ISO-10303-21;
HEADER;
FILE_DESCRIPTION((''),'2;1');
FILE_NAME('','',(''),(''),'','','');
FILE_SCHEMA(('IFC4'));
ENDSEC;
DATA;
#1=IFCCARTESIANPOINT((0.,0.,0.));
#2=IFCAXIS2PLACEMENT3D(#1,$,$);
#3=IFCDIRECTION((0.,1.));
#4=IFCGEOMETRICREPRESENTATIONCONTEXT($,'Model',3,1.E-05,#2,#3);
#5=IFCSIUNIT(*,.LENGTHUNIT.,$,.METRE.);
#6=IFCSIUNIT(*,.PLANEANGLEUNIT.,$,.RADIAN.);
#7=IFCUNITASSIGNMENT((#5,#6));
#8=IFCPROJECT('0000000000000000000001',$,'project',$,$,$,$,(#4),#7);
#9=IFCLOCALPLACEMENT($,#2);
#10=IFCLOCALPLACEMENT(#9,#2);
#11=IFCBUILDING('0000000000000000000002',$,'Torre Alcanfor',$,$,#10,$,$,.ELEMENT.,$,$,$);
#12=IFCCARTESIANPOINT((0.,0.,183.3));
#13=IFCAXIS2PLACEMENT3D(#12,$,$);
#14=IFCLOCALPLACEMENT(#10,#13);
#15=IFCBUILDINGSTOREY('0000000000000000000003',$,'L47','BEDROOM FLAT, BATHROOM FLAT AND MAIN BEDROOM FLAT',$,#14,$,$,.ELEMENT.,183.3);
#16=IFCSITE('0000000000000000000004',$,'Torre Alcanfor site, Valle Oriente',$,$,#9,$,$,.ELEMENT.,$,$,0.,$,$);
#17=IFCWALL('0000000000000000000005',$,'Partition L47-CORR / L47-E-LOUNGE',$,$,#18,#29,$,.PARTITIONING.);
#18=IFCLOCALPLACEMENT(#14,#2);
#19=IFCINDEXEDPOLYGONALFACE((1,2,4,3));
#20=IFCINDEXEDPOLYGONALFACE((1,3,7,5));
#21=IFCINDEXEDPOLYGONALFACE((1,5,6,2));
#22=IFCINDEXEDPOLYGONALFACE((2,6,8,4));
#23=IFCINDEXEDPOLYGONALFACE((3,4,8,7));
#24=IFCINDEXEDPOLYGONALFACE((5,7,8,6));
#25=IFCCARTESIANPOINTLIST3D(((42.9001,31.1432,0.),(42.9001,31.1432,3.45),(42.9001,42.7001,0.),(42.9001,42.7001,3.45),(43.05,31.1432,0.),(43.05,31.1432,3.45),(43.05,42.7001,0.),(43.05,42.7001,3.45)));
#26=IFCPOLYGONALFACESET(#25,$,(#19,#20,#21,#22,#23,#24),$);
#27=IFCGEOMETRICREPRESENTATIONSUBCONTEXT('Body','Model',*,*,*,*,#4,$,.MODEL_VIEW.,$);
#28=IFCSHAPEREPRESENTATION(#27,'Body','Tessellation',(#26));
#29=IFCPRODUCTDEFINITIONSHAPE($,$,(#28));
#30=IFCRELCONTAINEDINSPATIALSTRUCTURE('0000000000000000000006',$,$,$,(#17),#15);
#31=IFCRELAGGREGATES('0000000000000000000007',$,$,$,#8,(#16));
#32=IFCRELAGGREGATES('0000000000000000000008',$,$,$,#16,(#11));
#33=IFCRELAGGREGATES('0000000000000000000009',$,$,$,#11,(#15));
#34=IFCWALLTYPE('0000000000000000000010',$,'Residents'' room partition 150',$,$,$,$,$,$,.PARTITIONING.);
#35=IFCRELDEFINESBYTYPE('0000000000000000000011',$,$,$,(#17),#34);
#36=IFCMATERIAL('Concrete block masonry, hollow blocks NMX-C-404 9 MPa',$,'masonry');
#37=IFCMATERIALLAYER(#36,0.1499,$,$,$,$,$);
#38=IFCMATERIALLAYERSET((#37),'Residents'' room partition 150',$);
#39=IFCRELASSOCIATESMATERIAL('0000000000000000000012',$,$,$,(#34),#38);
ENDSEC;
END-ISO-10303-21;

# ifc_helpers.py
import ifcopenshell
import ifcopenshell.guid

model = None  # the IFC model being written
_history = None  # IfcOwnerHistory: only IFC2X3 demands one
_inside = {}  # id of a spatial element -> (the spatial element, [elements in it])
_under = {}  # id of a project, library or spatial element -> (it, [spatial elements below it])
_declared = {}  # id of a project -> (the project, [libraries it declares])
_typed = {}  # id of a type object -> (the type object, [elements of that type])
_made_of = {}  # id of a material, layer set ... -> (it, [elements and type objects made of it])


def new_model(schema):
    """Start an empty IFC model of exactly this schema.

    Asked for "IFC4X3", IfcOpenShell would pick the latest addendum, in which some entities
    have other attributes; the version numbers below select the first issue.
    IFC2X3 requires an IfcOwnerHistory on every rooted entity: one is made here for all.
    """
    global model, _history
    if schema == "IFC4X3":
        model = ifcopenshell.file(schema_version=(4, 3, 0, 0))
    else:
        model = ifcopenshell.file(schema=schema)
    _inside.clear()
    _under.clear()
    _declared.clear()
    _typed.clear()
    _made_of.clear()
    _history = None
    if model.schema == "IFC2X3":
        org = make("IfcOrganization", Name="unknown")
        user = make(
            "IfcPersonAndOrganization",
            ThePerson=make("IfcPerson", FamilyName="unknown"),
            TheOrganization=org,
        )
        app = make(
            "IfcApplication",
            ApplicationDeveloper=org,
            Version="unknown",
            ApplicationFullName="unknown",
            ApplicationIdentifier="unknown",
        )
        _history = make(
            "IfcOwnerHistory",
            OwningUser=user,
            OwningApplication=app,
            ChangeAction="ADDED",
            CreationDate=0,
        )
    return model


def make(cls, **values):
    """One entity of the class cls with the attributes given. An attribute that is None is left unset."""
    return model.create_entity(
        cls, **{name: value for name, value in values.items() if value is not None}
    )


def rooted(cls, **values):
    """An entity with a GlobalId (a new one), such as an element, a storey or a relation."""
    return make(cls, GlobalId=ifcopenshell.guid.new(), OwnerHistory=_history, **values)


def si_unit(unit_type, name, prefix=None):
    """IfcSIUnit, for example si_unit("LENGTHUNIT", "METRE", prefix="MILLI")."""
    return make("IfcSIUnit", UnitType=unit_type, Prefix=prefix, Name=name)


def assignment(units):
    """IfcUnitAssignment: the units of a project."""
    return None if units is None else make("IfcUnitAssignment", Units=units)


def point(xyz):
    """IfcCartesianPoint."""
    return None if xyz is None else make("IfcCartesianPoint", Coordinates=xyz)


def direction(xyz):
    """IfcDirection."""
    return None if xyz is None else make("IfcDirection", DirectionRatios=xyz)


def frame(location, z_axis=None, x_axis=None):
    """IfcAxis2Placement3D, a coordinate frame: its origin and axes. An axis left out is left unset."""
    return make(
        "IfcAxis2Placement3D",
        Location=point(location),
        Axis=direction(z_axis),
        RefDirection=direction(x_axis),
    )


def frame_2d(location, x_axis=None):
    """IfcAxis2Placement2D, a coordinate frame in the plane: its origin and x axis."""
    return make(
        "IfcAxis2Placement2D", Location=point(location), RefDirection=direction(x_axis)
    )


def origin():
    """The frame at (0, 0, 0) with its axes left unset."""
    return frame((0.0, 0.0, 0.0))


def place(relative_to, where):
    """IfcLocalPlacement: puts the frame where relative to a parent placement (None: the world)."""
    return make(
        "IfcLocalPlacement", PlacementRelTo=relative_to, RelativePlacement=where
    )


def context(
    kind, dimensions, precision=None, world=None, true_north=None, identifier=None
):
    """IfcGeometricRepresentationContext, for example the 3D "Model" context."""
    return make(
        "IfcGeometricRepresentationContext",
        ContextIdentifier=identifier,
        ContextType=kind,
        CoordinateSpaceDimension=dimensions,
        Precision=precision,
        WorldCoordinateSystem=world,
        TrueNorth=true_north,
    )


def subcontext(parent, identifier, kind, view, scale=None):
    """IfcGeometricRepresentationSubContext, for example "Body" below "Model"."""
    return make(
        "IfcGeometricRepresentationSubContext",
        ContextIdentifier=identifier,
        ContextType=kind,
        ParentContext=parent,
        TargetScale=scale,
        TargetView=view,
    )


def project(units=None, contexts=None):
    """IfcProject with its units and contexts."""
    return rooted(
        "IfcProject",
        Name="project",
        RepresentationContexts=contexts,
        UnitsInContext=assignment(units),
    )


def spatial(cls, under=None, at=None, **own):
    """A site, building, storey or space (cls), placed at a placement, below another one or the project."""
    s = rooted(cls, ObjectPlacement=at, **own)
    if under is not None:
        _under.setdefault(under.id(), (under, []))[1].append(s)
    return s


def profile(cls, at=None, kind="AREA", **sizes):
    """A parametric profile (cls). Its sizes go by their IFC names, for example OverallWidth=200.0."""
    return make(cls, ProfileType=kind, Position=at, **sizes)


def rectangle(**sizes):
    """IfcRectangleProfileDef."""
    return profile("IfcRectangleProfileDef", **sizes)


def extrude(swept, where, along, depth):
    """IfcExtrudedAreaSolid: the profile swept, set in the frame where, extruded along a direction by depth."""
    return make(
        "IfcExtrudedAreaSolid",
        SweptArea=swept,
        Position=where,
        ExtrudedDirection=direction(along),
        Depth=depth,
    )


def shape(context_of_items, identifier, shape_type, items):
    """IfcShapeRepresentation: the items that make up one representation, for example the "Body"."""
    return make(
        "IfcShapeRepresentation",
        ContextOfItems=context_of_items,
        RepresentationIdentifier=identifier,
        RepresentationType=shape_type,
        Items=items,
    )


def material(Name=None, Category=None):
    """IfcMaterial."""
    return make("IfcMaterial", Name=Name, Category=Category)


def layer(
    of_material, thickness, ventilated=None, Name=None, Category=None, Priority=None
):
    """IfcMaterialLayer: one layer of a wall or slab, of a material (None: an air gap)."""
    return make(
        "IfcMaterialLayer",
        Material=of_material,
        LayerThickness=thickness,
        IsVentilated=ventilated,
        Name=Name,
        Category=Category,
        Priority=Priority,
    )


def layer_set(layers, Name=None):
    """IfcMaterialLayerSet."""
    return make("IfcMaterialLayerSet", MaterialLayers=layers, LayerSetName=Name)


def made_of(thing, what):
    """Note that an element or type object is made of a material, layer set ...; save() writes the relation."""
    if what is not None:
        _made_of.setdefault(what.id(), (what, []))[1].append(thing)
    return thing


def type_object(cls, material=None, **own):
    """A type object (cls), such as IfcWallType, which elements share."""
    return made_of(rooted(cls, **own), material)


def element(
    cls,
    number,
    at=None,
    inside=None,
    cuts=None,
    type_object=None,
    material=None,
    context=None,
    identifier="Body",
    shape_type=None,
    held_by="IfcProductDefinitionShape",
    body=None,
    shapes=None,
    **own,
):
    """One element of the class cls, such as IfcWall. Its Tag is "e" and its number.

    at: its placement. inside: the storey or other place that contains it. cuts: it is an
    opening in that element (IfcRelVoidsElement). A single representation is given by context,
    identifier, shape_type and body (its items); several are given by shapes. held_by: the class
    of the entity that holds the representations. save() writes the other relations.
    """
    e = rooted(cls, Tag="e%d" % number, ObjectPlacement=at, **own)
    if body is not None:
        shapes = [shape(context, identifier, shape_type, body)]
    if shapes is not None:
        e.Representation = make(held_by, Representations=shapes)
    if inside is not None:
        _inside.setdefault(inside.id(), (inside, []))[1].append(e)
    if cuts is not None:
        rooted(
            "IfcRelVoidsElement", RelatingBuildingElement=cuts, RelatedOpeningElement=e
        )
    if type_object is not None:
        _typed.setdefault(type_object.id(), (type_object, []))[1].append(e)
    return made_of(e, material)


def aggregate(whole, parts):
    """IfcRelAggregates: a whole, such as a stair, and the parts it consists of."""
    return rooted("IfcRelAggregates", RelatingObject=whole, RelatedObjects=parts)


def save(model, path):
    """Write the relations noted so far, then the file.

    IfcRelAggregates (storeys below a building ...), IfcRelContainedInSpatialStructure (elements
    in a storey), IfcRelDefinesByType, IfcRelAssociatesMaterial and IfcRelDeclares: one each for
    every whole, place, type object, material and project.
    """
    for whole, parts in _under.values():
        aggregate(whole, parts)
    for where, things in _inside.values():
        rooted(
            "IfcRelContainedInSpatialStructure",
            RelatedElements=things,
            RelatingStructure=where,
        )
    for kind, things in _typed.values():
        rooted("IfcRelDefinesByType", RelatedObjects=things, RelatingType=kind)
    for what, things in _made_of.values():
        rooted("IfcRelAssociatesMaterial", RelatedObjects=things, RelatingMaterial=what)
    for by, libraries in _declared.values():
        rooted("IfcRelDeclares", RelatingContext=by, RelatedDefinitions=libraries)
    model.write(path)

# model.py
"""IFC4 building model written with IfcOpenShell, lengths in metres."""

from ifc_helpers import new_model, si_unit, direction, frame, frame_2d, origin, place, context, subcontext, project, spatial, rectangle, extrude, material, layer, layer_set, type_object, element, save


model = new_model("IFC4")

# Units and contexts
model_context = context("Model", 3, precision=1e-05, world=origin(), true_north=direction((0.0, 1.0)))
body_context = subcontext(model_context, "Body", "Model", "MODEL_VIEW")
ifc_project = project(units=[si_unit("LENGTHUNIT", "METRE"), si_unit("PLANEANGLEUNIT", "RADIAN")], contexts=[model_context])

# Site, building, storey
site_placement = place(None, origin())
site = spatial("IfcSite", under=ifc_project, at=site_placement, Name="Torre Alcanfor site, Valle Oriente", CompositionType="ELEMENT", RefElevation=0.0)
building_placement = place(site_placement, origin())
building = spatial("IfcBuilding", under=site, at=building_placement, Name="Torre Alcanfor", CompositionType="ELEMENT")
storey_placement = place(building_placement, frame((0.0, 0.0, 183.3)))
storey = spatial("IfcBuildingStorey", under=building, at=storey_placement, Name="L47", Description="BEDROOM FLAT, BATHROOM FLAT AND MAIN BEDROOM FLAT", CompositionType="ELEMENT", Elevation=183.3)

# Shared definitions
ifc_material_1 = material(Name="Concrete block masonry, hollow blocks NMX-C-404 9 MPa", Category="masonry")
ifc_layer_1 = layer(ifc_material_1, 0.1499)
ifc_layer_set_1 = layer_set([ifc_layer_1], Name="Residents' room partition 150")
wall_type_1 = type_object("IfcWallType", Name="Residents' room partition 150", PredefinedType="PARTITIONING", material=ifc_layer_set_1)

# Wall
wall_1_placement = place(storey_placement, frame((42.9751, 42.7, 0.0), z_axis=(0.0, 0.0, 1.0), x_axis=(0.0, -1.0, 0.0)))
element("IfcWall", 1, at=wall_1_placement, inside=storey, type_object=wall_type_1, Name="Partition L47-CORR / L47-E-LOUNGE", PredefinedType="PARTITIONING", context=body_context, shape_type="SweptSolid", body=[
    extrude(rectangle(XDim=11.5569, YDim=0.1499, at=frame_2d((5.7783, 0.0))), origin(), (0.0, 0.0, 1.0), 3.45),
])

save(model, "model.ifc")
